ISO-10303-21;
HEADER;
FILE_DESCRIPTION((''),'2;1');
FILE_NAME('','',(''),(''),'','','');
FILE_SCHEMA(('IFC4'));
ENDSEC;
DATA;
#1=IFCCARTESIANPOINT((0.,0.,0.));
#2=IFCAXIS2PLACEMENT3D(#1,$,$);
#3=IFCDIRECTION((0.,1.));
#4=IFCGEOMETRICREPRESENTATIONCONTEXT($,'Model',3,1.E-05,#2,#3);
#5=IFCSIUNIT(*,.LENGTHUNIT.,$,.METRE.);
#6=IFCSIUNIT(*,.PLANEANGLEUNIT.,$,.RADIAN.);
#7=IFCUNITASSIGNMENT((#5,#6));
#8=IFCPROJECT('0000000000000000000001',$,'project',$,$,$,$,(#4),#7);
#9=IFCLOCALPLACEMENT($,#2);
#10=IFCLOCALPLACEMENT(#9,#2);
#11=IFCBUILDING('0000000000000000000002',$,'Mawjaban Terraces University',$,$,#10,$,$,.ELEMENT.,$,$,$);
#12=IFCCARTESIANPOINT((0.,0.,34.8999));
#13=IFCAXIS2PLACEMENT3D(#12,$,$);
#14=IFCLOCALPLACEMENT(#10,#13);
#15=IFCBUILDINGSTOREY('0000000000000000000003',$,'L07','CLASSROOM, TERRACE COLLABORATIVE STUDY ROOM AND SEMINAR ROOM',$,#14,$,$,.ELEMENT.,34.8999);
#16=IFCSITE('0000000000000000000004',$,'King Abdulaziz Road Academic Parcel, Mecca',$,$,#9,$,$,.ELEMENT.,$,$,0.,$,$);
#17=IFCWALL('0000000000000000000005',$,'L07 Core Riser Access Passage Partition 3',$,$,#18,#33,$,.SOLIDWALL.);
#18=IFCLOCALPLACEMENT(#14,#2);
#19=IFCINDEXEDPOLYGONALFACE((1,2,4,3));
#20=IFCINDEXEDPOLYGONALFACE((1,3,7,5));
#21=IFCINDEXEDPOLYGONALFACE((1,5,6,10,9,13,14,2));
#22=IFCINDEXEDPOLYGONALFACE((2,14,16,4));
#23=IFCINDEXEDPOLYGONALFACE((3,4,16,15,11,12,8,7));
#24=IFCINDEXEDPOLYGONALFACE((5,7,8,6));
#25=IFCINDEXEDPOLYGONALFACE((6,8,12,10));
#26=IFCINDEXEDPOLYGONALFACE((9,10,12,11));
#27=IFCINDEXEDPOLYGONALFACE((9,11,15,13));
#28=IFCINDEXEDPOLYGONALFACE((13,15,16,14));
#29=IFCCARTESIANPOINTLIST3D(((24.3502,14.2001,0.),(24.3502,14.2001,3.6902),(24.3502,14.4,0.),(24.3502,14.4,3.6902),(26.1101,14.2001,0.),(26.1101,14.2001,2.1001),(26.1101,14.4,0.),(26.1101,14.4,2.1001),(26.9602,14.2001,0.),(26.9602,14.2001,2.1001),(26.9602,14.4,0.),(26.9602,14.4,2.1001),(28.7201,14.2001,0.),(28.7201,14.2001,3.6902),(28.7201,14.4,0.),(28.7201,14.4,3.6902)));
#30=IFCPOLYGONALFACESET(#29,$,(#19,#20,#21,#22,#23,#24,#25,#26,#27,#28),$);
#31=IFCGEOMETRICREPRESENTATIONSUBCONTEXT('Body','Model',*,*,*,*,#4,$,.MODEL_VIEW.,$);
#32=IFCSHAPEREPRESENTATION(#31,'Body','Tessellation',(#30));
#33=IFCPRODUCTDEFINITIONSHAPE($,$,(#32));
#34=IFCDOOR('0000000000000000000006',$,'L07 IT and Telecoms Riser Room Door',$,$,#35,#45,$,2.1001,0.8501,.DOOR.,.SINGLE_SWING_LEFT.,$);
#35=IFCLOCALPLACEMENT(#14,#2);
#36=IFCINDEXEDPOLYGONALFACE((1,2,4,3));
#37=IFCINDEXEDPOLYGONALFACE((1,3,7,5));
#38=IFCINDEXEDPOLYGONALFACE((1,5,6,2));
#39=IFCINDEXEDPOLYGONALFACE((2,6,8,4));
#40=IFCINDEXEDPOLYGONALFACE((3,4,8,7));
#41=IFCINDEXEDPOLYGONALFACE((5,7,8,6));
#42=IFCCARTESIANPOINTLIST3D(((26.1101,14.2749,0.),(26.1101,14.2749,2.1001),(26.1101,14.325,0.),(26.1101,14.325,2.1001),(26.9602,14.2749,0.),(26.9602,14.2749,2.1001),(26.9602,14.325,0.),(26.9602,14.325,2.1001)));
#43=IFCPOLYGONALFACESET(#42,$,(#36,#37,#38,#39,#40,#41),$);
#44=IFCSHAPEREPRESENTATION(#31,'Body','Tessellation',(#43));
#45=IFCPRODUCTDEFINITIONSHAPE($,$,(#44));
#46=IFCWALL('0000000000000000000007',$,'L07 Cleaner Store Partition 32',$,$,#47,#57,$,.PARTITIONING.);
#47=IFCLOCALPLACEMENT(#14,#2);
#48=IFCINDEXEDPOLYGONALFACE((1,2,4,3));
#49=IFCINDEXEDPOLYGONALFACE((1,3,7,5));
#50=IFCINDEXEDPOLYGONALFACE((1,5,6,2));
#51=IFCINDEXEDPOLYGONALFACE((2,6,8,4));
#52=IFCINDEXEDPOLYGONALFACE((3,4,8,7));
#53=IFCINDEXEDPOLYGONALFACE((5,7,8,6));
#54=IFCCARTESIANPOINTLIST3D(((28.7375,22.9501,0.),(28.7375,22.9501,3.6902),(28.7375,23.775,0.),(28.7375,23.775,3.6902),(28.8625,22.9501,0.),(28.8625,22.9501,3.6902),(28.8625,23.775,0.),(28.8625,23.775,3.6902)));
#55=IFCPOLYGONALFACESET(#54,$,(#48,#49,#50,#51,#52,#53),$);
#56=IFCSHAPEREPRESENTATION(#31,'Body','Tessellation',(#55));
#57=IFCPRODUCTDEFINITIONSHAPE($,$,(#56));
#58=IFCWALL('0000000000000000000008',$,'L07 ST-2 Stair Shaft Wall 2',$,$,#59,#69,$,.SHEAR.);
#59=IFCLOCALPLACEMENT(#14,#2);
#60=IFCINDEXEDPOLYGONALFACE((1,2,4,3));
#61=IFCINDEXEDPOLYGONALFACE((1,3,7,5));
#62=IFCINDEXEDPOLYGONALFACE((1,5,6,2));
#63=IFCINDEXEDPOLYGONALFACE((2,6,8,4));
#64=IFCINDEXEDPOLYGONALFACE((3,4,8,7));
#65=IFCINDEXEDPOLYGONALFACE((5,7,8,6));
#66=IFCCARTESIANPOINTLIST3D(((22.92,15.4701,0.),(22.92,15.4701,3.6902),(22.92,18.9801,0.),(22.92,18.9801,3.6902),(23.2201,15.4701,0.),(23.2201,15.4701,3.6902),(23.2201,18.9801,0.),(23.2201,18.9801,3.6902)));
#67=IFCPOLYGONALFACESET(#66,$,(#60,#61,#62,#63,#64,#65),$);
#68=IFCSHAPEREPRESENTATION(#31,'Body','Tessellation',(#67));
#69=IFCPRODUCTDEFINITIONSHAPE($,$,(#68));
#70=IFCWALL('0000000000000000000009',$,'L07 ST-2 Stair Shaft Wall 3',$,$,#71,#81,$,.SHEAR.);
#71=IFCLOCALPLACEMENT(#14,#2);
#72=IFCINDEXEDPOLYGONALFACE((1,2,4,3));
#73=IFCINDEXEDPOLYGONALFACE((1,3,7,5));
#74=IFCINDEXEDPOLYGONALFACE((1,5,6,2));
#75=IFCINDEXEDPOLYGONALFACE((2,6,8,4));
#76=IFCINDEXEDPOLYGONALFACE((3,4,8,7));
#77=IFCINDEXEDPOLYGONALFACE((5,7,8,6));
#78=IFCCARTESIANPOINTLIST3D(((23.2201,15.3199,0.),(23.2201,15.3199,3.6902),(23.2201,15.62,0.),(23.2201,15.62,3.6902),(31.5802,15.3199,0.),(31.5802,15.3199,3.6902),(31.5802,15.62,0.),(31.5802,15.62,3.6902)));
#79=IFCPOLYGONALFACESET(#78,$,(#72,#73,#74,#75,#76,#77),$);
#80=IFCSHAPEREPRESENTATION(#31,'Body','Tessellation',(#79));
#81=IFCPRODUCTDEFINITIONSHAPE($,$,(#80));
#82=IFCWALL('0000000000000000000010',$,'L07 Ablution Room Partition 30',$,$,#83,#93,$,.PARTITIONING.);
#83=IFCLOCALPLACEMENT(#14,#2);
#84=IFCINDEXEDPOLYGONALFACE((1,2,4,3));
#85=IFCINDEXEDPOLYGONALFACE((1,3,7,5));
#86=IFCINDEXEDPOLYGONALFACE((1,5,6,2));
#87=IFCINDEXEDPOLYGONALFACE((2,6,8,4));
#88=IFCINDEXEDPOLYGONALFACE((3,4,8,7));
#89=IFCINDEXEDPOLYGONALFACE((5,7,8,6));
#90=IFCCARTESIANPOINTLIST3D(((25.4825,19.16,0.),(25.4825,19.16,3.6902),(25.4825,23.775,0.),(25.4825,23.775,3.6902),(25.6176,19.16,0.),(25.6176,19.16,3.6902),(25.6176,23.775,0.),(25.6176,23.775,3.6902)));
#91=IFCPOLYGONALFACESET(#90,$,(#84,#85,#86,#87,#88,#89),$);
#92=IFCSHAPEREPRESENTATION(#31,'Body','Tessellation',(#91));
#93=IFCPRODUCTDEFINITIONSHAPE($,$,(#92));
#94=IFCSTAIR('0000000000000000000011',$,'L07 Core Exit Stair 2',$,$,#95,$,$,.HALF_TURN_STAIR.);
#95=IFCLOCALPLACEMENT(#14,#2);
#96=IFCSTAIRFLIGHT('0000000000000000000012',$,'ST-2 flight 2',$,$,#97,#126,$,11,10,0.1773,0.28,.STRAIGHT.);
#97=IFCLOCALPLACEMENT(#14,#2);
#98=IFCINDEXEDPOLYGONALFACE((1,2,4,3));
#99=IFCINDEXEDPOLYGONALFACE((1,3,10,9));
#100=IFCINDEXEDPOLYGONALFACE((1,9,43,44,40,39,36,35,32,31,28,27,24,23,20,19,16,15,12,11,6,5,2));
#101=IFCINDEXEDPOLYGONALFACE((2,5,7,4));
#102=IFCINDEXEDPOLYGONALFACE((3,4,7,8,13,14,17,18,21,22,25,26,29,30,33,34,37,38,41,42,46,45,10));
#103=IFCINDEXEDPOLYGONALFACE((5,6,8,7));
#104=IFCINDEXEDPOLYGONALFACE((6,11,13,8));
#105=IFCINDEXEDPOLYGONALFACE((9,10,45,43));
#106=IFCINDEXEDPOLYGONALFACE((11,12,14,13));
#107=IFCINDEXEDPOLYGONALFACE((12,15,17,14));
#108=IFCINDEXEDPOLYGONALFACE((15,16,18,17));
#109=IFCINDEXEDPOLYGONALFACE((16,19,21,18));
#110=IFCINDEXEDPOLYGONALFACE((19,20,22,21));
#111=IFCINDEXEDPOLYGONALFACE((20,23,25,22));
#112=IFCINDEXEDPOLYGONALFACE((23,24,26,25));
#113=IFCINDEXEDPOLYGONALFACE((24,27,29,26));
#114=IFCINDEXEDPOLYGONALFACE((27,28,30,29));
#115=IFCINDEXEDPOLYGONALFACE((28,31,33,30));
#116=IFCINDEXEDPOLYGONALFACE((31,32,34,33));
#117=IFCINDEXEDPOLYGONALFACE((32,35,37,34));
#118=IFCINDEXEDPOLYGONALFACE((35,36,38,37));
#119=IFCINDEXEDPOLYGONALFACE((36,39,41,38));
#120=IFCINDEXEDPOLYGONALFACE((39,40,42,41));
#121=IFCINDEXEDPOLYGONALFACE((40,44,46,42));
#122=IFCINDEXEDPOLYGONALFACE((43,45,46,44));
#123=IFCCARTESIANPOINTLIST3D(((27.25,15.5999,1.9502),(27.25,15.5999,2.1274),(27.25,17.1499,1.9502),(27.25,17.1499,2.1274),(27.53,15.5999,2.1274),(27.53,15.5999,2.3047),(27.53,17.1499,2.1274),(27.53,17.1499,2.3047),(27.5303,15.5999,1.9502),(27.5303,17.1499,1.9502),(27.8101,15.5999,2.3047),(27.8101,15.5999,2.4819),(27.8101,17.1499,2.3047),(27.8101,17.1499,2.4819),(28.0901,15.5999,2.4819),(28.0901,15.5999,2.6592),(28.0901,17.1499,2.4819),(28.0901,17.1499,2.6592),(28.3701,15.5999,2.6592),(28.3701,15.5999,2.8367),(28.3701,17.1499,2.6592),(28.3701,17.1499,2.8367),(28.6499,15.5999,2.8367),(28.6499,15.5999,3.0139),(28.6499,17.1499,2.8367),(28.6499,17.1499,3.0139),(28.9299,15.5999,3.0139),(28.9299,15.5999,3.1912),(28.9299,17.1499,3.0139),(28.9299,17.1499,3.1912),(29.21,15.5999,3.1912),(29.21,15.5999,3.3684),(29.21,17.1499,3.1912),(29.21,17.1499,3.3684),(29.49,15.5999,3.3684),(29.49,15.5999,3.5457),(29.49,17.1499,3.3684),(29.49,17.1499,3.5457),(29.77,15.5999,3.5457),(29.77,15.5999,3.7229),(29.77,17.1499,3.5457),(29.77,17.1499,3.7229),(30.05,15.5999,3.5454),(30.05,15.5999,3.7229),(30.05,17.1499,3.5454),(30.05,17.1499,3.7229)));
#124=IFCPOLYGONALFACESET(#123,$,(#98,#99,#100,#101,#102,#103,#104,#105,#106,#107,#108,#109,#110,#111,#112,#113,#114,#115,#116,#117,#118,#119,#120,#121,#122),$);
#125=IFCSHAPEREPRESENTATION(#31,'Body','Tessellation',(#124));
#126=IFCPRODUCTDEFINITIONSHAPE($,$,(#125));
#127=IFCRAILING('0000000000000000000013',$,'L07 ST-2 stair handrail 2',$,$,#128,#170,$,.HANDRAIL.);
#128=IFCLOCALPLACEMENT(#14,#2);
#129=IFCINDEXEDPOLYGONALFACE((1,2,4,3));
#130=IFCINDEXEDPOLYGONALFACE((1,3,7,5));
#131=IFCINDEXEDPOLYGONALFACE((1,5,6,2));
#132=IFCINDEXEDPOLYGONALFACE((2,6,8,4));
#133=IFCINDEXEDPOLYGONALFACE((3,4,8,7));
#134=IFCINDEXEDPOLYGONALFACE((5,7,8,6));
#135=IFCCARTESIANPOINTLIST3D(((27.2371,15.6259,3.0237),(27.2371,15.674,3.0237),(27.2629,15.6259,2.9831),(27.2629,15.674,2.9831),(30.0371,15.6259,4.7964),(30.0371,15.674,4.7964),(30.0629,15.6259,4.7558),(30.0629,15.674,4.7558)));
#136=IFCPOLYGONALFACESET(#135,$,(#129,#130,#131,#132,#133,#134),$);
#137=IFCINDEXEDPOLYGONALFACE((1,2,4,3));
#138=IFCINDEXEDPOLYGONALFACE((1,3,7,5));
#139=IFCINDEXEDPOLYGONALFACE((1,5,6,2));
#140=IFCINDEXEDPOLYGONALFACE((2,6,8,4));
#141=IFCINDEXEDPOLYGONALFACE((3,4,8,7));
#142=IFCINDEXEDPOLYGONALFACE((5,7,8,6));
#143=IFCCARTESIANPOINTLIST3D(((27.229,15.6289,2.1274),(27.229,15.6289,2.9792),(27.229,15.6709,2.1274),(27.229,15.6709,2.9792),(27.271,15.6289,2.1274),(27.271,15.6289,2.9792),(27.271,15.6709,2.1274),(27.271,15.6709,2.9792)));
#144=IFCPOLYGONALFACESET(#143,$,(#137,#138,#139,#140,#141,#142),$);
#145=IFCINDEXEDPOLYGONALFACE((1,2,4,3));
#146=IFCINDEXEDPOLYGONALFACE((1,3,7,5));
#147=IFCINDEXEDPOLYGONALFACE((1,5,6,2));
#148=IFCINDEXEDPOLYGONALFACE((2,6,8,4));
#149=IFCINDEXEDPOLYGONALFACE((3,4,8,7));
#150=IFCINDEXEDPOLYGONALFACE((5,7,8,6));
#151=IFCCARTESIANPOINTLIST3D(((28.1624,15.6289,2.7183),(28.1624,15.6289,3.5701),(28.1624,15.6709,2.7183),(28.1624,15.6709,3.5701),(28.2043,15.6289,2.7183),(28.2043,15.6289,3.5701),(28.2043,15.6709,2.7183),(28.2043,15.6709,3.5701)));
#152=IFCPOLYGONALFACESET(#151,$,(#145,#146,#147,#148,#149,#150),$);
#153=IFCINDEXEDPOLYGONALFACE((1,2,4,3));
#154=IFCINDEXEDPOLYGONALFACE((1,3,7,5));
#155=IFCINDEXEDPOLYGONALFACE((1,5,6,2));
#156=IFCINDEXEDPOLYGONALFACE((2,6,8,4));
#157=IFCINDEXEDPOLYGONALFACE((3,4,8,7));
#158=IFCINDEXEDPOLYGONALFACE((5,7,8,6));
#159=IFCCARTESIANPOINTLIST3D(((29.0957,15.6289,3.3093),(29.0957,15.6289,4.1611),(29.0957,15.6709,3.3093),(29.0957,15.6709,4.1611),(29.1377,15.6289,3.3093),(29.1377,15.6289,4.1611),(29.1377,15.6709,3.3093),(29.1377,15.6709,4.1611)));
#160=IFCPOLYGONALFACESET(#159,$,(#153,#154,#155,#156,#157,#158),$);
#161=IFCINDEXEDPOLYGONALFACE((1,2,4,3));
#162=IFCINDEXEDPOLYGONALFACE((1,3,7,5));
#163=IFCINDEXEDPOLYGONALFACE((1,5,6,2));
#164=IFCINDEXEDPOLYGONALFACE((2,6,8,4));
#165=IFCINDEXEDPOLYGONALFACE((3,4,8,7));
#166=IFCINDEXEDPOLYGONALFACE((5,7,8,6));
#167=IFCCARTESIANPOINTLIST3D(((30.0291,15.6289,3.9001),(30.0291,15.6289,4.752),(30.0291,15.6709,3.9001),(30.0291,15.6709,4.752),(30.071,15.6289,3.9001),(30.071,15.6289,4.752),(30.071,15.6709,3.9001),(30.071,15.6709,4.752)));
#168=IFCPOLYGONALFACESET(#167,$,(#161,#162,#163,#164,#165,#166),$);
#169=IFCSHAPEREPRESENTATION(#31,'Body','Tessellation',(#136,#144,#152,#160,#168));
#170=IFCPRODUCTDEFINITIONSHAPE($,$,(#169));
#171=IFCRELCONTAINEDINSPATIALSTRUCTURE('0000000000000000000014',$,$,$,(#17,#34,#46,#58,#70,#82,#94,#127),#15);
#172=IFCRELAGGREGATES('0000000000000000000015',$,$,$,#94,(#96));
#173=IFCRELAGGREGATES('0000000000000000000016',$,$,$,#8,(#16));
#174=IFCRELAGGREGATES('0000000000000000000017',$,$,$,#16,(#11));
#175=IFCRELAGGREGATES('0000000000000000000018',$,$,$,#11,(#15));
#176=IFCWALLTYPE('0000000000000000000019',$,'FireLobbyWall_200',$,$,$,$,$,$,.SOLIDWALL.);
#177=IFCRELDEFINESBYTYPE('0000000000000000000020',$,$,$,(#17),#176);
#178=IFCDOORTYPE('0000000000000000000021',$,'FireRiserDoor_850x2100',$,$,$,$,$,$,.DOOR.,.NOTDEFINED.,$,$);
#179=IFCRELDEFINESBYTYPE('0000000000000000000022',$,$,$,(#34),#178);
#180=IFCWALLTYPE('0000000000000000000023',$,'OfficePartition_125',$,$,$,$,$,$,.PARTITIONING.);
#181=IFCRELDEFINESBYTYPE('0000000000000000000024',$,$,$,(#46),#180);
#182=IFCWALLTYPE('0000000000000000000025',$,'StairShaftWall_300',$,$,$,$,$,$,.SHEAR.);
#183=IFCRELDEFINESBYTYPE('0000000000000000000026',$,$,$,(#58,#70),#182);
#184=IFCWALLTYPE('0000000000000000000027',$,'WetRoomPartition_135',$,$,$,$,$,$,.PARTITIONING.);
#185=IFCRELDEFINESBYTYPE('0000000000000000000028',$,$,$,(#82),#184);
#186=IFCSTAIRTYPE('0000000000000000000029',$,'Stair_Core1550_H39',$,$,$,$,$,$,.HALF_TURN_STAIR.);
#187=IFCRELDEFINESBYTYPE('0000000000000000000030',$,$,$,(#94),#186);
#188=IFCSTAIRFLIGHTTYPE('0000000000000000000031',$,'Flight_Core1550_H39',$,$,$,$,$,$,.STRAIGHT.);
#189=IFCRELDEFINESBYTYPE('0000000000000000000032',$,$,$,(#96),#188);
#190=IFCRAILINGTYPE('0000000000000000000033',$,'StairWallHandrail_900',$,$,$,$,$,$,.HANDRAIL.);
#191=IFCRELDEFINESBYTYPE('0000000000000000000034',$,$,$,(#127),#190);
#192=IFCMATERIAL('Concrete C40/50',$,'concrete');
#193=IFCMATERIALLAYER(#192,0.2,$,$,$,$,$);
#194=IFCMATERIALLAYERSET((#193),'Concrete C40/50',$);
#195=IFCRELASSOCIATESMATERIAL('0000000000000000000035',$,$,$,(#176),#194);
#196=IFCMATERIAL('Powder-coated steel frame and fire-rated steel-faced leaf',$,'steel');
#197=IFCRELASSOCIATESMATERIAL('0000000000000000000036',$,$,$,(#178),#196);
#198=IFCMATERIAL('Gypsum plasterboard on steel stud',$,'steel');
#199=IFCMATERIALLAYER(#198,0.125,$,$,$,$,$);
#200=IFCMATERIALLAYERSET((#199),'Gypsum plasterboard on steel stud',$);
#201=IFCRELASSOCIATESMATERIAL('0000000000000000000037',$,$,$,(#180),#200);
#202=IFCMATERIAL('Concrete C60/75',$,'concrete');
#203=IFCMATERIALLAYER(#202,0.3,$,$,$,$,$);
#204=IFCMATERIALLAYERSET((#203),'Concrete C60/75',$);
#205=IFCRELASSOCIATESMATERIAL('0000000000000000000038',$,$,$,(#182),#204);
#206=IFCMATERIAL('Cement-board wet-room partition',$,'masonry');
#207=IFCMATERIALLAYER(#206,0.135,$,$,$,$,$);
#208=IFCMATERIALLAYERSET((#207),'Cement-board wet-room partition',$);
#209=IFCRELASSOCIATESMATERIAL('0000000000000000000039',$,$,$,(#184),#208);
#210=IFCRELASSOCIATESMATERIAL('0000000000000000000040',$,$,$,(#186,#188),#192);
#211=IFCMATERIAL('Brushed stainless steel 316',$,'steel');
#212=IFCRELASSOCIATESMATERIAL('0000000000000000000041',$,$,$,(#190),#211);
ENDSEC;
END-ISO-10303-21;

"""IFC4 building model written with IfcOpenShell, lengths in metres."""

from ifc_helpers import new_model, si_unit, direction, frame, frame_2d, origin, origin_2d, place, context, subcontext, project, spatial, polyline, rectangle, outline, extrude, material, layer, layer_set, type_object, element, fill, aggregate, save


model = new_model("IFC4")

# Units and contexts
model_context = context("Model", 3, precision=1e-05, world=origin(), true_north=direction((0.0, 1.0)))
body_context = subcontext(model_context, "Body", "Model", "MODEL_VIEW")
ifc_project = project(units=[si_unit("LENGTHUNIT", "METRE"), si_unit("PLANEANGLEUNIT", "RADIAN")], contexts=[model_context])

# Site, building, storey
site_placement = place(None, origin())
site = spatial("IfcSite", under=ifc_project, at=site_placement, Name="King Abdulaziz Road Academic Parcel, Mecca", CompositionType="ELEMENT", RefElevation=0.0)
building_placement = place(site_placement, origin())
building = spatial("IfcBuilding", under=site, at=building_placement, Name="Mawjaban Terraces University", CompositionType="ELEMENT")
storey_placement = place(building_placement, frame((0.0, 0.0, 34.8999)))
storey = spatial("IfcBuildingStorey", under=building, at=storey_placement, Name="L07", Description="CLASSROOM, TERRACE COLLABORATIVE STUDY ROOM AND SEMINAR ROOM", CompositionType="ELEMENT", Elevation=34.8999)

# Shared definitions
ifc_material_1 = material(Name="Concrete C40/50", Category="concrete")
ifc_layer_1 = layer(ifc_material_1, 0.2)
ifc_layer_set_1 = layer_set([ifc_layer_1], Name="Concrete C40/50")
wall_type_1 = type_object("IfcWallType", Name="FireLobbyWall_200", PredefinedType="SOLIDWALL", material=ifc_layer_set_1)

# Wall, opening, door
wall_1_placement = place(storey_placement, frame((24.3501, 14.3, 0.0), z_axis=(0.0, 0.0, 1.0), x_axis=(1.0, 0.0, 0.0)))
wall_1 = element("IfcWall", 1, at=wall_1_placement, inside=storey, type_object=wall_type_1, Name="L07 Core Riser Access Passage Partition 3", PredefinedType="SOLIDWALL", context=body_context, shape_type="SweptSolid", body=[
    extrude(rectangle(XDim=4.3699, YDim=0.2, at=frame_2d((2.1851, 0.0))), origin(), (0.0, 0.0, 1.0), 3.6902),
])
opening_1_placement = place(wall_1_placement, frame((1.76, 0.0, 0.0)))
opening_1 = element("IfcOpeningElement", 2, at=opening_1_placement, cuts=wall_1, PredefinedType="OPENING", context=body_context, shape_type="SweptSolid", body=[
    extrude(rectangle(XDim=0.8501, YDim=2.1001, at=frame_2d((0.425, 1.05))), frame((0.0, 0.1099, 0.0), z_axis=(0.0, -1.0, 0.0), x_axis=(1.0, 0.0, 0.0)), (0.0, 0.0, 1.0), 0.22),
])
ifc_material_2 = material(Name="Powder-coated steel frame and fire-rated steel-faced leaf", Category="steel")
door_type_1 = type_object("IfcDoorType", Name="FireRiserDoor_850x2100", OperationType="NOTDEFINED", PredefinedType="DOOR", material=ifc_material_2)
door_1_placement = place(opening_1_placement, origin())
door_1 = element("IfcDoor", 3, at=door_1_placement, inside=storey, type_object=door_type_1, Name="L07 IT and Telecoms Riser Room Door", OperationType="SINGLE_SWING_LEFT", OverallHeight=2.1001, OverallWidth=0.8501, PredefinedType="DOOR", context=body_context, shape_type="SweptSolid", body=[
    extrude(rectangle(XDim=0.8501, YDim=2.1001, at=frame_2d((0.425, 1.05))), frame((0.0, 0.0249, 0.0), z_axis=(0.0, -1.0, 0.0), x_axis=(1.0, 0.0, 0.0)), (0.0, 0.0, 1.0), 0.05),
])
fill(opening_1, door_1)

# Walls
ifc_material_3 = material(Name="Gypsum plasterboard on steel stud", Category="steel")
ifc_layer_2 = layer(ifc_material_3, 0.125)
ifc_layer_set_2 = layer_set([ifc_layer_2], Name="Gypsum plasterboard on steel stud")
wall_type_2 = type_object("IfcWallType", Name="OfficePartition_125", PredefinedType="PARTITIONING", material=ifc_layer_set_2)
wall_2_placement = place(storey_placement, frame((28.8, 22.95, 0.0), z_axis=(0.0, 0.0, 1.0), x_axis=(0.0, 1.0, 0.0)))
element("IfcWall", 4, at=wall_2_placement, inside=storey, type_object=wall_type_2, Name="L07 Cleaner Store Partition 32", PredefinedType="PARTITIONING", context=body_context, shape_type="SweptSolid", body=[
    extrude(rectangle(XDim=0.825, YDim=0.125, at=frame_2d((0.4126, 0.0))), origin(), (0.0, 0.0, 1.0), 3.6902),
])
ifc_material_4 = material(Name="Concrete C60/75", Category="concrete")
ifc_layer_3 = layer(ifc_material_4, 0.3)
ifc_layer_set_3 = layer_set([ifc_layer_3], Name="Concrete C60/75")
wall_type_3 = type_object("IfcWallType", Name="StairShaftWall_300", PredefinedType="SHEAR", material=ifc_layer_set_3)
wall_3_placement = place(storey_placement, frame((23.0701, 18.98, 0.0), z_axis=(0.0, 0.0, 1.0), x_axis=(0.0, -1.0, 0.0)))
element("IfcWall", 5, at=wall_3_placement, inside=storey, type_object=wall_type_3, Name="L07 ST-2 Stair Shaft Wall 2", PredefinedType="SHEAR", context=body_context, shape_type="SweptSolid", body=[
    extrude(rectangle(XDim=3.51, YDim=0.3, at=frame_2d((1.7549, 0.0))), origin(), (0.0, 0.0, 1.0), 3.6902),
])
wall_4_placement = place(storey_placement, frame((23.22, 15.47, 0.0), z_axis=(0.0, 0.0, 1.0), x_axis=(1.0, 0.0, 0.0)))
element("IfcWall", 6, at=wall_4_placement, inside=storey, type_object=wall_type_3, Name="L07 ST-2 Stair Shaft Wall 3", PredefinedType="SHEAR", context=body_context, shape_type="SweptSolid", body=[
    extrude(rectangle(XDim=8.3601, YDim=0.3, at=frame_2d((4.1802, 0.0))), origin(), (0.0, 0.0, 1.0), 3.6902),
])
ifc_material_5 = material(Name="Cement-board wet-room partition", Category="masonry")
ifc_layer_4 = layer(ifc_material_5, 0.135)
ifc_layer_set_4 = layer_set([ifc_layer_4], Name="Cement-board wet-room partition")
wall_type_4 = type_object("IfcWallType", Name="WetRoomPartition_135", PredefinedType="PARTITIONING", material=ifc_layer_set_4)
wall_5_placement = place(storey_placement, frame((25.55, 19.1599, 0.0), z_axis=(0.0, 0.0, 1.0), x_axis=(0.0, 1.0, 0.0)))
element("IfcWall", 7, at=wall_5_placement, inside=storey, type_object=wall_type_4, Name="L07 Ablution Room Partition 30", PredefinedType="PARTITIONING", context=body_context, shape_type="SweptSolid", body=[
    extrude(rectangle(XDim=4.615, YDim=0.135, at=frame_2d((2.3076, 0.0))), origin(), (0.0, 0.0, 1.0), 3.6902),
])

# Stair, stair flight
stair_type = type_object("IfcStairType", Name="Stair_Core1550_H39", PredefinedType="HALF_TURN_STAIR", material=ifc_material_1)
stair_placement = place(storey_placement, origin())
stair = element("IfcStair", 8, at=stair_placement, inside=storey, type_object=stair_type, Name="L07 Core Exit Stair 2", PredefinedType="HALF_TURN_STAIR")
stair_flight_type = type_object("IfcStairFlightType", Name="Flight_Core1550_H39", PredefinedType="STRAIGHT", material=ifc_material_1)
stair_flight_placement = place(storey_placement, frame((27.25, 16.375, 1.9502), z_axis=(0.0, 0.0, 1.0), x_axis=(1.0, 0.0, 0.0)))
stair_flight = element("IfcStairFlight", 9, at=stair_flight_placement, type_object=stair_flight_type, Name="ST-2 flight 2", NumberOfRisers=11, NumberOfTreads=10, PredefinedType="STRAIGHT", RiserHeight=0.1773, TreadLength=0.28, context=body_context, shape_type="SweptSolid", body=[
    extrude(outline(polyline([(0.0, 0.0), (0.0, 0.1772), (0.28, 0.1772), (0.28, 0.3545), (0.5601, 0.3545), (0.5601, 0.5317), (0.8401, 0.5317), (0.8401, 0.709), (1.1201, 0.709), (1.1201, 0.8865), (1.3999, 0.8865), (1.3999, 1.0637), (1.6799, 1.0637), (1.6799, 1.241), (1.96, 1.241), (1.96, 1.4182), (2.24, 1.4182), (2.24, 1.5955), (2.52, 1.5955), (2.52, 1.7727), (2.8, 1.7727), (2.8, 1.95), (2.8, 1.5952), (0.2803, 0.0), (0.0, 0.0)])), frame((0.0, 0.7749, 0.0), z_axis=(0.0, -1.0, 0.0), x_axis=(1.0, 0.0, 0.0)), (0.0, 0.0, 1.0), 1.55),
])
aggregate(stair, [stair_flight])

# Railing
ifc_material_6 = material(Name="Brushed stainless steel 316", Category="steel")
railing_type_1 = type_object("IfcRailingType", Name="StairWallHandrail_900", PredefinedType="HANDRAIL", material=ifc_material_6)
railing_1_placement = place(storey_placement, frame((27.25, 15.6499, 2.1274)))
element("IfcRailing", 10, at=railing_1_placement, inside=storey, type_object=railing_type_1, Name="L07 ST-2 stair handrail 2", PredefinedType="HANDRAIL", context=body_context, shape_type="SweptSolid", body=[
    extrude(rectangle(XDim=0.0481, YDim=0.0481, at=origin_2d()), frame((0.0, 0.0, 0.876), z_axis=(0.844909, 0.0, 0.53491), x_axis=(0.0, 1.0, 0.0)), (0.0, 0.0, 1.0), 3.314),
    extrude(rectangle(XDim=0.042, YDim=0.042, at=origin_2d()), origin(), (0.0, 0.0, 1.0), 0.8518),
    extrude(rectangle(XDim=0.042, YDim=0.042, at=origin_2d()), frame((0.9333, 0.0, 0.5908)), (0.0, 0.0, 1.0), 0.8518),
    extrude(rectangle(XDim=0.042, YDim=0.042, at=origin_2d()), frame((1.8667, 0.0, 1.1819)), (0.0, 0.0, 1.0), 0.8518),
    extrude(rectangle(XDim=0.042, YDim=0.042, at=origin_2d()), frame((2.8, 0.0, 1.7727)), (0.0, 0.0, 1.0), 0.8518),
])

save(model, "model.ifc")
